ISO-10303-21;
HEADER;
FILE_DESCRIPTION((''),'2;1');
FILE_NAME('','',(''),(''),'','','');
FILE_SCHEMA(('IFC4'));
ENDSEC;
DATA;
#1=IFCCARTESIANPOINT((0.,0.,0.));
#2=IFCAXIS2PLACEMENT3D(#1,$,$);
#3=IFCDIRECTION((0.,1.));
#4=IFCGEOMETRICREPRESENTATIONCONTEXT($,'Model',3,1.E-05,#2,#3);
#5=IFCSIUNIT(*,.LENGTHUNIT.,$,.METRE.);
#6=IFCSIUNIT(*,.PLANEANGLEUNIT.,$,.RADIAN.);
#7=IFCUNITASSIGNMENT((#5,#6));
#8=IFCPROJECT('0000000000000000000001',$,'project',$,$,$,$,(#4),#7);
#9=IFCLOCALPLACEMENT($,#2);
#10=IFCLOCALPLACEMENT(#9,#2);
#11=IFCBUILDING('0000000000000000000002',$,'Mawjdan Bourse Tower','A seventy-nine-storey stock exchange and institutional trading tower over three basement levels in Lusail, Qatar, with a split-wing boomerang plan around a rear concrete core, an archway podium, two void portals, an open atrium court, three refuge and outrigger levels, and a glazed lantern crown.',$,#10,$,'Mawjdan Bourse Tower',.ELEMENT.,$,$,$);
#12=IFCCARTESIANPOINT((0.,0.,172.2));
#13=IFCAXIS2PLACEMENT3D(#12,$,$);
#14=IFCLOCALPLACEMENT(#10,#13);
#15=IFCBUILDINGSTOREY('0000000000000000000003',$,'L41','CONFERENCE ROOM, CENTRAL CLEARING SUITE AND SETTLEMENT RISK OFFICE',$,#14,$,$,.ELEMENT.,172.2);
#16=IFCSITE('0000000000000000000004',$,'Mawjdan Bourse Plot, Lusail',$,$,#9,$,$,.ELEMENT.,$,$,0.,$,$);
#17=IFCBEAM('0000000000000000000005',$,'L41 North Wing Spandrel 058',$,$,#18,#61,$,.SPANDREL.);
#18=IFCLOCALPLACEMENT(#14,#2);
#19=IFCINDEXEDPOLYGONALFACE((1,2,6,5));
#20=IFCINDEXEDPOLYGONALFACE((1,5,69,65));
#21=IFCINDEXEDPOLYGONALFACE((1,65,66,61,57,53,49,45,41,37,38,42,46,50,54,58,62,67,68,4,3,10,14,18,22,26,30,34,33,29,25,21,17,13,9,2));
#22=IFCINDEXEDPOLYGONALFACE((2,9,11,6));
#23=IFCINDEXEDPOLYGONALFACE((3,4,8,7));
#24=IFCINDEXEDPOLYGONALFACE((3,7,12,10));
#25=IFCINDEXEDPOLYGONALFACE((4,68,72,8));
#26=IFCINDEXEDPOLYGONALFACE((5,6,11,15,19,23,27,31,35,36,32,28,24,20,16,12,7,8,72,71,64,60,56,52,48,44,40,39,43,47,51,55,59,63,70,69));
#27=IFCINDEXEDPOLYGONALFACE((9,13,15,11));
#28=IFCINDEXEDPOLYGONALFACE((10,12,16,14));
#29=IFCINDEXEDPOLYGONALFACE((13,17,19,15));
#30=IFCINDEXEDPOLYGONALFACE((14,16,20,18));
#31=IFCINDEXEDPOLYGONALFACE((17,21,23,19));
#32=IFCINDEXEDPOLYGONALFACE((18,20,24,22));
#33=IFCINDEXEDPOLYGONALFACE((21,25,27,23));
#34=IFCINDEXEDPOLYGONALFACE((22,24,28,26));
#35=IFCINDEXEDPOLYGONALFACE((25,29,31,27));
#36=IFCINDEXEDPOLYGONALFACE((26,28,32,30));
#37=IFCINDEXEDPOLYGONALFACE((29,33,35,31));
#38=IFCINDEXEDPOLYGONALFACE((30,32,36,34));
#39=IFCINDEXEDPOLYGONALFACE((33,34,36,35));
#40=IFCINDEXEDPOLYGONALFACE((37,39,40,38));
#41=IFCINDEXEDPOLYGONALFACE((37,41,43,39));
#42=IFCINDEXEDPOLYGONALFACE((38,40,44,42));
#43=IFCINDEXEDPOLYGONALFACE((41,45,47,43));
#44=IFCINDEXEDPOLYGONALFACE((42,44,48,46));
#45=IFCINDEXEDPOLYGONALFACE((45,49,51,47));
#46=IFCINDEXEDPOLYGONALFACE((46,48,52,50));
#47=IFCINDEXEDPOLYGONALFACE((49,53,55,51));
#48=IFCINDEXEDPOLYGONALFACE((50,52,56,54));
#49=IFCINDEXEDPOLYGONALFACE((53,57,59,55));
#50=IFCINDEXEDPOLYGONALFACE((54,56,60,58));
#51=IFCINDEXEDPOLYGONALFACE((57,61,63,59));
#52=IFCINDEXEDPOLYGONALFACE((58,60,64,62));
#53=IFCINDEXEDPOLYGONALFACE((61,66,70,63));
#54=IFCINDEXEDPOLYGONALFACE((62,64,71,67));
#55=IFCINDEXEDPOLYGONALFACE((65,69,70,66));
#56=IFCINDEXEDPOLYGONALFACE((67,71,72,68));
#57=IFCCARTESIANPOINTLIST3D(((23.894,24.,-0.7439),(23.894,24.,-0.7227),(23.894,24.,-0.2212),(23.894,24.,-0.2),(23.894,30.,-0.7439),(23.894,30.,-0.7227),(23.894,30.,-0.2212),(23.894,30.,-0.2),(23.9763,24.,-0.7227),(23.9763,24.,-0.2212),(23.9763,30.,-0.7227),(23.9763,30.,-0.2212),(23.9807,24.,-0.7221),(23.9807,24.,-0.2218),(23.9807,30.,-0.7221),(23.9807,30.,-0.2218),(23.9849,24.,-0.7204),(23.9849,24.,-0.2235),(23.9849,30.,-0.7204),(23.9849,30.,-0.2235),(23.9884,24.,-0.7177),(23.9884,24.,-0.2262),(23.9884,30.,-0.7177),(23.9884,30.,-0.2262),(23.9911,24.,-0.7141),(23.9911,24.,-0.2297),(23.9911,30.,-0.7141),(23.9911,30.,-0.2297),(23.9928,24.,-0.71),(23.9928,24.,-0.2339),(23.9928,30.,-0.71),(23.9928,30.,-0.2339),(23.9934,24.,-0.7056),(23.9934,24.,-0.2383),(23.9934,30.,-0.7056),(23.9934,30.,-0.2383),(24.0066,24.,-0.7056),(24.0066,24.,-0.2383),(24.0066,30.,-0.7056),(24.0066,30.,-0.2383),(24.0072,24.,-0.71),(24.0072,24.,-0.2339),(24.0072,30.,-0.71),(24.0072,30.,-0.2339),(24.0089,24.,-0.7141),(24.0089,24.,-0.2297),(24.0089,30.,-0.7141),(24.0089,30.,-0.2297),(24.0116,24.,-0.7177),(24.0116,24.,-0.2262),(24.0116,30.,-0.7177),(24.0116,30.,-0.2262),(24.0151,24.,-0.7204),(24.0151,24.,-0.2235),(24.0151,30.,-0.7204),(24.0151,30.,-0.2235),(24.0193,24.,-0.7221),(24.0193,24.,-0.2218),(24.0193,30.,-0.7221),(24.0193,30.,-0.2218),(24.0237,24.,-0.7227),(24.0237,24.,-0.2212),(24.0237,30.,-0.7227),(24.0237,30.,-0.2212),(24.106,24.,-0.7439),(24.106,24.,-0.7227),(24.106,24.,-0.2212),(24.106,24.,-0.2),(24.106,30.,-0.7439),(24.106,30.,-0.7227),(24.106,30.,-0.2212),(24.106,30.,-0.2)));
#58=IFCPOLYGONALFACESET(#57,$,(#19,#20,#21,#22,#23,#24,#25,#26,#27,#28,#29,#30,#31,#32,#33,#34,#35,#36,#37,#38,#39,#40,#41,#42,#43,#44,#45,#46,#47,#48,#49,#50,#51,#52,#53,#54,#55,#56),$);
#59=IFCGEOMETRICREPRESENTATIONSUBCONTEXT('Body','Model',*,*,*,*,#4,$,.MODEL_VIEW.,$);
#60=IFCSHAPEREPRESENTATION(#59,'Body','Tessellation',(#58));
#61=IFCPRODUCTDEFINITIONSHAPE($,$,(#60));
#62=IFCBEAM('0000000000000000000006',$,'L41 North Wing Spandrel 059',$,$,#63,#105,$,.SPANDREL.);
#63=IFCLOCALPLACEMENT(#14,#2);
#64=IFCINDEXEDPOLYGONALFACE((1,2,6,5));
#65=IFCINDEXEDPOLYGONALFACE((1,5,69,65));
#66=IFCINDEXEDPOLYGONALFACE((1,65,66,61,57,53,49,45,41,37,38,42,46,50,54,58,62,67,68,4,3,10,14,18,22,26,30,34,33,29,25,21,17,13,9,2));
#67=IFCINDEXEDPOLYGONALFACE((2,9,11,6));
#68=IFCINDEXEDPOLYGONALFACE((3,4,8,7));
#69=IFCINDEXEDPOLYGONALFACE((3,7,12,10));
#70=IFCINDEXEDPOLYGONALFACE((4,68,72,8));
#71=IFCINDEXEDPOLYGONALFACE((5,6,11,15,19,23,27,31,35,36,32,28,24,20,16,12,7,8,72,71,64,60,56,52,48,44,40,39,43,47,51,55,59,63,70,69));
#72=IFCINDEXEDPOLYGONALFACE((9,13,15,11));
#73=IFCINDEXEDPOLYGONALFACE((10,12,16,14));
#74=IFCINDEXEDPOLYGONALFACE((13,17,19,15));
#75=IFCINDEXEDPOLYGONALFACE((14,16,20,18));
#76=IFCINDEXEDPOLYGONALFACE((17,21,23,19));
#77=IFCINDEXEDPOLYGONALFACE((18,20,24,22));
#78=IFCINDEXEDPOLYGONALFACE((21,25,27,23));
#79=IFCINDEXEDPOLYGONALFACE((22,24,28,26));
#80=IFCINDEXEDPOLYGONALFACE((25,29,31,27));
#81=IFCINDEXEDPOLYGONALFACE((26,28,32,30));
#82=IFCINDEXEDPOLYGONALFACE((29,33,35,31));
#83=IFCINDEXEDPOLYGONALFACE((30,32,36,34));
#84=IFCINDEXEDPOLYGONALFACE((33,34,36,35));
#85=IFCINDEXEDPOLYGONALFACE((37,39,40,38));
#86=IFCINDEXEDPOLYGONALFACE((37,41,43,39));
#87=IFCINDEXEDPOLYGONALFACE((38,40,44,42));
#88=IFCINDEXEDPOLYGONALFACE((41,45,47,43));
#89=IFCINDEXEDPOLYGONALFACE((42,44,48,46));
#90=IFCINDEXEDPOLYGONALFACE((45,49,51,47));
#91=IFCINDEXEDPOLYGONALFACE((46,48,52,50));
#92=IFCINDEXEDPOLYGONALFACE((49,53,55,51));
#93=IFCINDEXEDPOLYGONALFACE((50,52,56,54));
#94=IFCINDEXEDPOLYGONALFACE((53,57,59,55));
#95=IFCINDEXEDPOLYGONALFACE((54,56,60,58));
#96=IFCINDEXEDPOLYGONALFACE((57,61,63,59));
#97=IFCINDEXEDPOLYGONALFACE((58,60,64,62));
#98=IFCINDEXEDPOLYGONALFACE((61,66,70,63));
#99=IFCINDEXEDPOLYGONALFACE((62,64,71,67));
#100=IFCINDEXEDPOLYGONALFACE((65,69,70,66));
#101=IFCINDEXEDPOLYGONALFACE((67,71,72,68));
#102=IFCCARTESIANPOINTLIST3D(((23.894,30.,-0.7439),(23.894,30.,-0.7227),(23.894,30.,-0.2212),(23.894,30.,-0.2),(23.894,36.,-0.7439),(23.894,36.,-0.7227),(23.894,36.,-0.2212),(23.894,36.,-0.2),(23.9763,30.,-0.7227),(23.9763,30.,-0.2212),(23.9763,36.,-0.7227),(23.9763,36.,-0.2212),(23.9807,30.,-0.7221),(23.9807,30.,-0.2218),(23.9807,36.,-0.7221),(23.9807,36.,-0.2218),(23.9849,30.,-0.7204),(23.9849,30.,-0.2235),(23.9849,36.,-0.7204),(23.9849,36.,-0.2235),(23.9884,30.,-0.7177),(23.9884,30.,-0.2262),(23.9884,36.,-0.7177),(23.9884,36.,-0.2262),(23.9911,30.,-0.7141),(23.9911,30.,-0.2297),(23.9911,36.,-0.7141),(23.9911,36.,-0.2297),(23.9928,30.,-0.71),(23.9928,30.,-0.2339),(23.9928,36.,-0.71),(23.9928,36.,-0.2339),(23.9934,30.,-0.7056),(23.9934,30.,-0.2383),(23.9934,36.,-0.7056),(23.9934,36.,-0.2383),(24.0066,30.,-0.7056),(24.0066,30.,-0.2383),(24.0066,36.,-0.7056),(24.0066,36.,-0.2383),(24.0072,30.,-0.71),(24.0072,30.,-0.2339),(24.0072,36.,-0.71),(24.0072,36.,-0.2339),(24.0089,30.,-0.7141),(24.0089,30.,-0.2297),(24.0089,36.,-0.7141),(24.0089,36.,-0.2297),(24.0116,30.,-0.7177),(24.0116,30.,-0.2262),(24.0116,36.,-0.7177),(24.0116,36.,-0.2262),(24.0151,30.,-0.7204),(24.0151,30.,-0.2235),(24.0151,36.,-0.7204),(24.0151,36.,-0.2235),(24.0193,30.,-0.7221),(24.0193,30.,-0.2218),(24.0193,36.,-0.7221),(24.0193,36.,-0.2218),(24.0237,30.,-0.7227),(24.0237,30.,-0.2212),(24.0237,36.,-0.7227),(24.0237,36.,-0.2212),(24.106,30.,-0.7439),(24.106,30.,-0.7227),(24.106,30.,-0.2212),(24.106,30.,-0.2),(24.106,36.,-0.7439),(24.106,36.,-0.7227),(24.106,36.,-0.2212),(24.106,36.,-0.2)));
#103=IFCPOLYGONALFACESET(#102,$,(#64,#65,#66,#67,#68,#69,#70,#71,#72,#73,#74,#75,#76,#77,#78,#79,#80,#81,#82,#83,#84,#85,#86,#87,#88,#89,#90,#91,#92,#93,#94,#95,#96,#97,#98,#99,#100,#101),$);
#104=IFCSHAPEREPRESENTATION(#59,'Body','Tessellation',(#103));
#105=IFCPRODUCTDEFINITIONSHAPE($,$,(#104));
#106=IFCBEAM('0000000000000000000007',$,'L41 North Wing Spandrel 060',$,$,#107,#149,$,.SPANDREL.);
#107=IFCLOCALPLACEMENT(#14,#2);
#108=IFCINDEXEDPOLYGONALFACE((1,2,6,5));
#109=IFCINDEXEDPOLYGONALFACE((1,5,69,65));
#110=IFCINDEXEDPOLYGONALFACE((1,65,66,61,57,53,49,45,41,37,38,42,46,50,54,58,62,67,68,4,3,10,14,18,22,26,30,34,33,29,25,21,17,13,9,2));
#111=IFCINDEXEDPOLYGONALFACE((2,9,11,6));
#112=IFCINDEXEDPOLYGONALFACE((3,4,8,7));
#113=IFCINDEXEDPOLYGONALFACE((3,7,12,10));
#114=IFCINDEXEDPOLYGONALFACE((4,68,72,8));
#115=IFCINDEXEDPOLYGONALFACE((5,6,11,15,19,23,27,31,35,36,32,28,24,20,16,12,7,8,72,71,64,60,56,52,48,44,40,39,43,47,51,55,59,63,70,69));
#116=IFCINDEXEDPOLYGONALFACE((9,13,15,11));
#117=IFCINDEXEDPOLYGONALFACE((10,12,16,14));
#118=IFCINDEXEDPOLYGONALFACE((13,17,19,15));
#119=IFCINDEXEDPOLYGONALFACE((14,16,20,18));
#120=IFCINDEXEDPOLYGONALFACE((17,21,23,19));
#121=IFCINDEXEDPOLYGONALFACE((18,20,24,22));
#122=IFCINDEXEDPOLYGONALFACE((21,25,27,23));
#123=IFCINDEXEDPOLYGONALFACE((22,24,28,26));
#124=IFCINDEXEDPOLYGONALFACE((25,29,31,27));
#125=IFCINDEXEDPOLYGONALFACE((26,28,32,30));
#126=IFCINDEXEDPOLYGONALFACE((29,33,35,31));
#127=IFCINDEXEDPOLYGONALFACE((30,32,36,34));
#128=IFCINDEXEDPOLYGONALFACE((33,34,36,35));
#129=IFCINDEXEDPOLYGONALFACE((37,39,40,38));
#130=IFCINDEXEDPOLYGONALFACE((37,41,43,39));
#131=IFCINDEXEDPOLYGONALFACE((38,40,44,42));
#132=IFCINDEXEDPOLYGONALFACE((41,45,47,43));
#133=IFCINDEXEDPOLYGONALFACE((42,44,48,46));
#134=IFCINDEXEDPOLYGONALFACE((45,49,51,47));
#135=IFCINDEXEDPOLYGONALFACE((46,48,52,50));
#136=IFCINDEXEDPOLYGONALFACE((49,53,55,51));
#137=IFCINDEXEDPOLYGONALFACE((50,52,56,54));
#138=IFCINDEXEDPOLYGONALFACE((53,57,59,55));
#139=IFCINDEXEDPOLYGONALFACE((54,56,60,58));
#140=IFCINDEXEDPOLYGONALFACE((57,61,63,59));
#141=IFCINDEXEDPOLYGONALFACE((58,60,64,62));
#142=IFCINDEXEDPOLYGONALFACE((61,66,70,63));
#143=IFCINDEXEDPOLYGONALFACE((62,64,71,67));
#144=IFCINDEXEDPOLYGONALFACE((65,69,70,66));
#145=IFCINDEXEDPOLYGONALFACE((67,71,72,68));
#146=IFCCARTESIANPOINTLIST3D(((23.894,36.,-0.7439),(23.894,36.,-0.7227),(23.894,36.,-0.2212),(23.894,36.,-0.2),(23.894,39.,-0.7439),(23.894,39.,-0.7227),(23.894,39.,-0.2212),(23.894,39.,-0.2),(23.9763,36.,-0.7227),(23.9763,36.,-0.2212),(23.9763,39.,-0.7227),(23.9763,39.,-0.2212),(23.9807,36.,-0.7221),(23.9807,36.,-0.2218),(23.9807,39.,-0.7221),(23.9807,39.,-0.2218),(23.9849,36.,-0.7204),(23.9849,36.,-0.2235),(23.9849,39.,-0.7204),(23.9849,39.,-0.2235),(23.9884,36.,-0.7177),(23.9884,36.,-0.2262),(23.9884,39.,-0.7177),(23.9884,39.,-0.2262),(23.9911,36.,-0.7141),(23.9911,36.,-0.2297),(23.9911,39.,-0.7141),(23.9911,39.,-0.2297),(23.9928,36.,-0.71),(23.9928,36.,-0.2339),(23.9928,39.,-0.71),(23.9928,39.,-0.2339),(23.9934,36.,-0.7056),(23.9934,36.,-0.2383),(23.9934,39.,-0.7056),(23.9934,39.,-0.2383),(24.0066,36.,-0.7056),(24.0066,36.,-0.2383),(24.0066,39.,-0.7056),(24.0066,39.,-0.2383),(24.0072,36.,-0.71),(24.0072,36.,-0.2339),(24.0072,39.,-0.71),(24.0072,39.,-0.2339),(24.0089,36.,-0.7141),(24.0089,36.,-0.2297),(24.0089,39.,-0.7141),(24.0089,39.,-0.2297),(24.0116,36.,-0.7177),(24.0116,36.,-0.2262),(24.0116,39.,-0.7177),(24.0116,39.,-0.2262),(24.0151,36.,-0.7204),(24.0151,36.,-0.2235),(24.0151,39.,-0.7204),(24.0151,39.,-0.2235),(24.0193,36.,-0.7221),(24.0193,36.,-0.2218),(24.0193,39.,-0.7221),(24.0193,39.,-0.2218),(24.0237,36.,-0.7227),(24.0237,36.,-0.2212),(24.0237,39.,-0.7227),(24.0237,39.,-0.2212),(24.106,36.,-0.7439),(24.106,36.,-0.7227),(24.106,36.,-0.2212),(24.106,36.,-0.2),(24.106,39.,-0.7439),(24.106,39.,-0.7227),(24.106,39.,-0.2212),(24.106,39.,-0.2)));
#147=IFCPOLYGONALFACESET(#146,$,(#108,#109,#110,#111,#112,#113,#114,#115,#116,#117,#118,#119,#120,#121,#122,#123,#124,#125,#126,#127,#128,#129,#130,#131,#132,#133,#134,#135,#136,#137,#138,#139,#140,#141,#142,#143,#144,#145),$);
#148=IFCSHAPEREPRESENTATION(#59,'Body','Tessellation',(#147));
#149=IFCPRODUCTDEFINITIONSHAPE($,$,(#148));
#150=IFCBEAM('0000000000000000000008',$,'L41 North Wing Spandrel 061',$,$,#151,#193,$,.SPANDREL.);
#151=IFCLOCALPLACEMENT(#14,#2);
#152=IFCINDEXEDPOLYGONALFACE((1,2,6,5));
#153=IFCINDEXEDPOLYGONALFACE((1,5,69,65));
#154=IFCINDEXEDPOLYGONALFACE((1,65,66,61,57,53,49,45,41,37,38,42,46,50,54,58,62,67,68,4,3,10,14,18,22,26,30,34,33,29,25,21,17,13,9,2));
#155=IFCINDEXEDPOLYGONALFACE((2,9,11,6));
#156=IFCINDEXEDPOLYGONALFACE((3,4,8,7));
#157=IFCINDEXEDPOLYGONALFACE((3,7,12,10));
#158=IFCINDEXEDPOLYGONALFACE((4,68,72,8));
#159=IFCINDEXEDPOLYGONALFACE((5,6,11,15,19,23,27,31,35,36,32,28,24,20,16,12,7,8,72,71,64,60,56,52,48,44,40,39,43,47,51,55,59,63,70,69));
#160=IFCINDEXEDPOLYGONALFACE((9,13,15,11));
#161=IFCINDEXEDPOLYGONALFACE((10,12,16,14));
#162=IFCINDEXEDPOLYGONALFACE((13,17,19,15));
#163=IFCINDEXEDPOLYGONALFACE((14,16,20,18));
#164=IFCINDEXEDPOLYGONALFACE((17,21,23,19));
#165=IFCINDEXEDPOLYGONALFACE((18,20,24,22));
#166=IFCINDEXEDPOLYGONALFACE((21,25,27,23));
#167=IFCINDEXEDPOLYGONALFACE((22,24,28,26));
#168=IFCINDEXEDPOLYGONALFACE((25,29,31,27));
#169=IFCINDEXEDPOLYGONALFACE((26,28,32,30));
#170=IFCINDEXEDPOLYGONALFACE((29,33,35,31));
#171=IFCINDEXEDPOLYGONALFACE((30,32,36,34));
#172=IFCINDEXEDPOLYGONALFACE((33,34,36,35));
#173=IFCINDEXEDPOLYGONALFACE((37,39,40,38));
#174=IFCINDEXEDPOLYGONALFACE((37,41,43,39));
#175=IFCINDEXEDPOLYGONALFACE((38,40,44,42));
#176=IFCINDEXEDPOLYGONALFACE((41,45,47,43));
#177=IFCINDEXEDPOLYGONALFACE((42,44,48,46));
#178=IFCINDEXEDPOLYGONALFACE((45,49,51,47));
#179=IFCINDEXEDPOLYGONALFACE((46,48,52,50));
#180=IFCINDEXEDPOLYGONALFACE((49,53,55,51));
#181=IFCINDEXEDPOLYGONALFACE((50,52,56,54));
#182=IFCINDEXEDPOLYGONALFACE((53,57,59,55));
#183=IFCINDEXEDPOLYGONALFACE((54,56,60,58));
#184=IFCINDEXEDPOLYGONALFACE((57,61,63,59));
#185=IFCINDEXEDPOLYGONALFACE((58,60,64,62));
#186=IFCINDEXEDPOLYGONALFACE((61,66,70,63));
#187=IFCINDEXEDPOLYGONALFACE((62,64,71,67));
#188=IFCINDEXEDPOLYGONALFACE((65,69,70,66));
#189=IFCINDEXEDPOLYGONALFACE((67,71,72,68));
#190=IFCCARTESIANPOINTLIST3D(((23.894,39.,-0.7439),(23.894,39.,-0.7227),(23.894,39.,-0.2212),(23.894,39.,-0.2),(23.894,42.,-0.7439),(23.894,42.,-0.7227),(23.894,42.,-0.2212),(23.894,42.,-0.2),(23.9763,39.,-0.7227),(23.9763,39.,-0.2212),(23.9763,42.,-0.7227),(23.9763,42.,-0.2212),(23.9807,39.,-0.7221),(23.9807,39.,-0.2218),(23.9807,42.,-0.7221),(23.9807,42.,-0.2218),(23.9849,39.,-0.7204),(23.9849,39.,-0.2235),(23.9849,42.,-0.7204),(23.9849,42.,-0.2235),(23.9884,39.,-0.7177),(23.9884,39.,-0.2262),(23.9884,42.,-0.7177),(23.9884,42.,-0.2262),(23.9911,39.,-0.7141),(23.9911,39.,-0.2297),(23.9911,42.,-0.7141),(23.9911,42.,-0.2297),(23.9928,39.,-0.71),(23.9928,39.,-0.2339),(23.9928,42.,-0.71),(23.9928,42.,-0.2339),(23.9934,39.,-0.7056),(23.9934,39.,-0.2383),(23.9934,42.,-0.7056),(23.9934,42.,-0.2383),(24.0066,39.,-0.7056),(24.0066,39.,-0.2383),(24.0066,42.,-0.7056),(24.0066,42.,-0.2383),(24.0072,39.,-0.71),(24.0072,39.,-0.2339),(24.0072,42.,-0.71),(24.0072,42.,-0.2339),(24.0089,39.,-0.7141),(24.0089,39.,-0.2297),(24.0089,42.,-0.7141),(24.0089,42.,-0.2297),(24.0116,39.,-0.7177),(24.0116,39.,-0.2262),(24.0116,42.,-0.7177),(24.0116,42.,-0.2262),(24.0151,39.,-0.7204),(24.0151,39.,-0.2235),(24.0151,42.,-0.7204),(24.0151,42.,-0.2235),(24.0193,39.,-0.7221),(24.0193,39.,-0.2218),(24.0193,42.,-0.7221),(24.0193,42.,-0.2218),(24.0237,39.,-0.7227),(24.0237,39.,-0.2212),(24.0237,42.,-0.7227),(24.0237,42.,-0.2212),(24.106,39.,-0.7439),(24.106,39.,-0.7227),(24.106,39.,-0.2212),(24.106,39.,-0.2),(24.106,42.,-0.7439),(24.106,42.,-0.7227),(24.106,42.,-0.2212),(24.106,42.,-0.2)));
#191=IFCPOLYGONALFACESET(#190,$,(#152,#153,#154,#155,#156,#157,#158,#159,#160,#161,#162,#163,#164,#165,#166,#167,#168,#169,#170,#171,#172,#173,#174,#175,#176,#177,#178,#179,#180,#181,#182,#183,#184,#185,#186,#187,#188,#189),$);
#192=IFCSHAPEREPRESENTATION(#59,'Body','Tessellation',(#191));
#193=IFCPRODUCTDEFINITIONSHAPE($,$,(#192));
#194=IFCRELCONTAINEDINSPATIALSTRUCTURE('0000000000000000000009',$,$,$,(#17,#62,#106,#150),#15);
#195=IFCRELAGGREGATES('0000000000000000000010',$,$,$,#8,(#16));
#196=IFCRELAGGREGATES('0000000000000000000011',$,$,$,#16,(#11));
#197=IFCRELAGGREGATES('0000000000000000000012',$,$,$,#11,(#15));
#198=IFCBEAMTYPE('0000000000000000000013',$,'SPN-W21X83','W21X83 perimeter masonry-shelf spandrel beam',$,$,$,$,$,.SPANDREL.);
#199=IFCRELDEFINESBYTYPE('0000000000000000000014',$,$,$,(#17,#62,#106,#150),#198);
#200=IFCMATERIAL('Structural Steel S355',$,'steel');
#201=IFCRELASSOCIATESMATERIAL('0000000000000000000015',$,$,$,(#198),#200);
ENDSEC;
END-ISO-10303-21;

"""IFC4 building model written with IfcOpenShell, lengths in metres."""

from ifc_helpers import new_model, si_unit, direction, frame, origin, origin_2d, place, context, subcontext, project, spatial, i_section, extrude, material, material_profile, profile_set, type_object, element, save


model = new_model("IFC4")

# Units and contexts
model_context = context("Model", 3, precision=1e-05, world=origin(), true_north=direction((0.0, 1.0)))
body_context = subcontext(model_context, "Body", "Model", "MODEL_VIEW")
ifc_project = project(units=[si_unit("LENGTHUNIT", "METRE"), si_unit("PLANEANGLEUNIT", "RADIAN")], contexts=[model_context])

# Site, building, storey
site_placement = place(None, origin())
site = spatial("IfcSite", under=ifc_project, at=site_placement, Name="Mawjdan Bourse Plot, Lusail", CompositionType="ELEMENT", RefElevation=0.0)
building_placement = place(site_placement, origin())
building = spatial("IfcBuilding", under=site, at=building_placement, Name="Mawjdan Bourse Tower", Description="A seventy-nine-storey stock exchange and institutional trading tower over three basement levels in Lusail, Qatar, with a split-wing boomerang plan around a rear concrete core, an archway podium, two void portals, an open atrium court, three refuge and outrigger levels, and a glazed lantern crown.", LongName="Mawjdan Bourse Tower", CompositionType="ELEMENT")
storey_placement = place(building_placement, frame((0.0, 0.0, 172.2)))
storey = spatial("IfcBuildingStorey", under=building, at=storey_placement, Name="L41", Description="CONFERENCE ROOM, CENTRAL CLEARING SUITE AND SETTLEMENT RISK OFFICE", CompositionType="ELEMENT", Elevation=172.2)

# Shared definitions
ifc_material_1 = material(Name="Structural Steel S355", Category="steel")

# Beams
ifc_material_profile_1 = material_profile(ifc_material_1, i_section(OverallWidth=0.2119, OverallDepth=0.5439, WebThickness=0.0132, FlangeThickness=0.0212, FilletRadius=0.0171, at=origin_2d()), Name="W21X83")
ifc_profile_set_1 = profile_set([ifc_material_profile_1], Name="Structural Steel S355")
beam_type_1 = type_object("IfcBeamType", Name="SPN-W21X83", Description="W21X83 perimeter masonry-shelf spandrel beam", PredefinedType="SPANDREL", material=ifc_profile_set_1)
for number, where, z_axis, x_axis, name in (
    (1, (24.0, 24.0, -0.4719), (0.0, 1.0, 0.0), (-1.0, 0.0, 0.0), "L41 North Wing Spandrel 058"),
    (2, (24.0, 30.0, -0.4719), (0.0, 1.0, 0.0), (-1.0, 0.0, 0.0), "L41 North Wing Spandrel 059"),
):
    element("IfcBeam", number, at=place(storey_placement, frame(where, z_axis=z_axis, x_axis=x_axis)), inside=storey, type_object=beam_type_1, Name=name, PredefinedType="SPANDREL", context=body_context, shape_type="SweptSolid", body=[
        extrude(i_section(OverallWidth=0.2119, OverallDepth=0.5439, WebThickness=0.0132, FlangeThickness=0.0212, FilletRadius=0.0171, at=origin_2d()), origin(), (0.0, 0.0, 1.0), 6.0),
    ])
for number, where, z_axis, x_axis, name in (
    (3, (24.0, 36.0, -0.4719), (0.0, 1.0, 0.0), (-1.0, 0.0, 0.0), "L41 North Wing Spandrel 060"),
    (4, (24.0, 39.0, -0.4719), (0.0, 1.0, 0.0), (-1.0, 0.0, 0.0), "L41 North Wing Spandrel 061"),
):
    element("IfcBeam", number, at=place(storey_placement, frame(where, z_axis=z_axis, x_axis=x_axis)), inside=storey, type_object=beam_type_1, Name=name, PredefinedType="SPANDREL", context=body_context, shape_type="SweptSolid", body=[
        extrude(i_section(OverallWidth=0.2119, OverallDepth=0.5439, WebThickness=0.0132, FlangeThickness=0.0212, FilletRadius=0.0171, at=origin_2d()), origin(), (0.0, 0.0, 1.0), 3.0),
    ])

save(model, "model.ifc")
